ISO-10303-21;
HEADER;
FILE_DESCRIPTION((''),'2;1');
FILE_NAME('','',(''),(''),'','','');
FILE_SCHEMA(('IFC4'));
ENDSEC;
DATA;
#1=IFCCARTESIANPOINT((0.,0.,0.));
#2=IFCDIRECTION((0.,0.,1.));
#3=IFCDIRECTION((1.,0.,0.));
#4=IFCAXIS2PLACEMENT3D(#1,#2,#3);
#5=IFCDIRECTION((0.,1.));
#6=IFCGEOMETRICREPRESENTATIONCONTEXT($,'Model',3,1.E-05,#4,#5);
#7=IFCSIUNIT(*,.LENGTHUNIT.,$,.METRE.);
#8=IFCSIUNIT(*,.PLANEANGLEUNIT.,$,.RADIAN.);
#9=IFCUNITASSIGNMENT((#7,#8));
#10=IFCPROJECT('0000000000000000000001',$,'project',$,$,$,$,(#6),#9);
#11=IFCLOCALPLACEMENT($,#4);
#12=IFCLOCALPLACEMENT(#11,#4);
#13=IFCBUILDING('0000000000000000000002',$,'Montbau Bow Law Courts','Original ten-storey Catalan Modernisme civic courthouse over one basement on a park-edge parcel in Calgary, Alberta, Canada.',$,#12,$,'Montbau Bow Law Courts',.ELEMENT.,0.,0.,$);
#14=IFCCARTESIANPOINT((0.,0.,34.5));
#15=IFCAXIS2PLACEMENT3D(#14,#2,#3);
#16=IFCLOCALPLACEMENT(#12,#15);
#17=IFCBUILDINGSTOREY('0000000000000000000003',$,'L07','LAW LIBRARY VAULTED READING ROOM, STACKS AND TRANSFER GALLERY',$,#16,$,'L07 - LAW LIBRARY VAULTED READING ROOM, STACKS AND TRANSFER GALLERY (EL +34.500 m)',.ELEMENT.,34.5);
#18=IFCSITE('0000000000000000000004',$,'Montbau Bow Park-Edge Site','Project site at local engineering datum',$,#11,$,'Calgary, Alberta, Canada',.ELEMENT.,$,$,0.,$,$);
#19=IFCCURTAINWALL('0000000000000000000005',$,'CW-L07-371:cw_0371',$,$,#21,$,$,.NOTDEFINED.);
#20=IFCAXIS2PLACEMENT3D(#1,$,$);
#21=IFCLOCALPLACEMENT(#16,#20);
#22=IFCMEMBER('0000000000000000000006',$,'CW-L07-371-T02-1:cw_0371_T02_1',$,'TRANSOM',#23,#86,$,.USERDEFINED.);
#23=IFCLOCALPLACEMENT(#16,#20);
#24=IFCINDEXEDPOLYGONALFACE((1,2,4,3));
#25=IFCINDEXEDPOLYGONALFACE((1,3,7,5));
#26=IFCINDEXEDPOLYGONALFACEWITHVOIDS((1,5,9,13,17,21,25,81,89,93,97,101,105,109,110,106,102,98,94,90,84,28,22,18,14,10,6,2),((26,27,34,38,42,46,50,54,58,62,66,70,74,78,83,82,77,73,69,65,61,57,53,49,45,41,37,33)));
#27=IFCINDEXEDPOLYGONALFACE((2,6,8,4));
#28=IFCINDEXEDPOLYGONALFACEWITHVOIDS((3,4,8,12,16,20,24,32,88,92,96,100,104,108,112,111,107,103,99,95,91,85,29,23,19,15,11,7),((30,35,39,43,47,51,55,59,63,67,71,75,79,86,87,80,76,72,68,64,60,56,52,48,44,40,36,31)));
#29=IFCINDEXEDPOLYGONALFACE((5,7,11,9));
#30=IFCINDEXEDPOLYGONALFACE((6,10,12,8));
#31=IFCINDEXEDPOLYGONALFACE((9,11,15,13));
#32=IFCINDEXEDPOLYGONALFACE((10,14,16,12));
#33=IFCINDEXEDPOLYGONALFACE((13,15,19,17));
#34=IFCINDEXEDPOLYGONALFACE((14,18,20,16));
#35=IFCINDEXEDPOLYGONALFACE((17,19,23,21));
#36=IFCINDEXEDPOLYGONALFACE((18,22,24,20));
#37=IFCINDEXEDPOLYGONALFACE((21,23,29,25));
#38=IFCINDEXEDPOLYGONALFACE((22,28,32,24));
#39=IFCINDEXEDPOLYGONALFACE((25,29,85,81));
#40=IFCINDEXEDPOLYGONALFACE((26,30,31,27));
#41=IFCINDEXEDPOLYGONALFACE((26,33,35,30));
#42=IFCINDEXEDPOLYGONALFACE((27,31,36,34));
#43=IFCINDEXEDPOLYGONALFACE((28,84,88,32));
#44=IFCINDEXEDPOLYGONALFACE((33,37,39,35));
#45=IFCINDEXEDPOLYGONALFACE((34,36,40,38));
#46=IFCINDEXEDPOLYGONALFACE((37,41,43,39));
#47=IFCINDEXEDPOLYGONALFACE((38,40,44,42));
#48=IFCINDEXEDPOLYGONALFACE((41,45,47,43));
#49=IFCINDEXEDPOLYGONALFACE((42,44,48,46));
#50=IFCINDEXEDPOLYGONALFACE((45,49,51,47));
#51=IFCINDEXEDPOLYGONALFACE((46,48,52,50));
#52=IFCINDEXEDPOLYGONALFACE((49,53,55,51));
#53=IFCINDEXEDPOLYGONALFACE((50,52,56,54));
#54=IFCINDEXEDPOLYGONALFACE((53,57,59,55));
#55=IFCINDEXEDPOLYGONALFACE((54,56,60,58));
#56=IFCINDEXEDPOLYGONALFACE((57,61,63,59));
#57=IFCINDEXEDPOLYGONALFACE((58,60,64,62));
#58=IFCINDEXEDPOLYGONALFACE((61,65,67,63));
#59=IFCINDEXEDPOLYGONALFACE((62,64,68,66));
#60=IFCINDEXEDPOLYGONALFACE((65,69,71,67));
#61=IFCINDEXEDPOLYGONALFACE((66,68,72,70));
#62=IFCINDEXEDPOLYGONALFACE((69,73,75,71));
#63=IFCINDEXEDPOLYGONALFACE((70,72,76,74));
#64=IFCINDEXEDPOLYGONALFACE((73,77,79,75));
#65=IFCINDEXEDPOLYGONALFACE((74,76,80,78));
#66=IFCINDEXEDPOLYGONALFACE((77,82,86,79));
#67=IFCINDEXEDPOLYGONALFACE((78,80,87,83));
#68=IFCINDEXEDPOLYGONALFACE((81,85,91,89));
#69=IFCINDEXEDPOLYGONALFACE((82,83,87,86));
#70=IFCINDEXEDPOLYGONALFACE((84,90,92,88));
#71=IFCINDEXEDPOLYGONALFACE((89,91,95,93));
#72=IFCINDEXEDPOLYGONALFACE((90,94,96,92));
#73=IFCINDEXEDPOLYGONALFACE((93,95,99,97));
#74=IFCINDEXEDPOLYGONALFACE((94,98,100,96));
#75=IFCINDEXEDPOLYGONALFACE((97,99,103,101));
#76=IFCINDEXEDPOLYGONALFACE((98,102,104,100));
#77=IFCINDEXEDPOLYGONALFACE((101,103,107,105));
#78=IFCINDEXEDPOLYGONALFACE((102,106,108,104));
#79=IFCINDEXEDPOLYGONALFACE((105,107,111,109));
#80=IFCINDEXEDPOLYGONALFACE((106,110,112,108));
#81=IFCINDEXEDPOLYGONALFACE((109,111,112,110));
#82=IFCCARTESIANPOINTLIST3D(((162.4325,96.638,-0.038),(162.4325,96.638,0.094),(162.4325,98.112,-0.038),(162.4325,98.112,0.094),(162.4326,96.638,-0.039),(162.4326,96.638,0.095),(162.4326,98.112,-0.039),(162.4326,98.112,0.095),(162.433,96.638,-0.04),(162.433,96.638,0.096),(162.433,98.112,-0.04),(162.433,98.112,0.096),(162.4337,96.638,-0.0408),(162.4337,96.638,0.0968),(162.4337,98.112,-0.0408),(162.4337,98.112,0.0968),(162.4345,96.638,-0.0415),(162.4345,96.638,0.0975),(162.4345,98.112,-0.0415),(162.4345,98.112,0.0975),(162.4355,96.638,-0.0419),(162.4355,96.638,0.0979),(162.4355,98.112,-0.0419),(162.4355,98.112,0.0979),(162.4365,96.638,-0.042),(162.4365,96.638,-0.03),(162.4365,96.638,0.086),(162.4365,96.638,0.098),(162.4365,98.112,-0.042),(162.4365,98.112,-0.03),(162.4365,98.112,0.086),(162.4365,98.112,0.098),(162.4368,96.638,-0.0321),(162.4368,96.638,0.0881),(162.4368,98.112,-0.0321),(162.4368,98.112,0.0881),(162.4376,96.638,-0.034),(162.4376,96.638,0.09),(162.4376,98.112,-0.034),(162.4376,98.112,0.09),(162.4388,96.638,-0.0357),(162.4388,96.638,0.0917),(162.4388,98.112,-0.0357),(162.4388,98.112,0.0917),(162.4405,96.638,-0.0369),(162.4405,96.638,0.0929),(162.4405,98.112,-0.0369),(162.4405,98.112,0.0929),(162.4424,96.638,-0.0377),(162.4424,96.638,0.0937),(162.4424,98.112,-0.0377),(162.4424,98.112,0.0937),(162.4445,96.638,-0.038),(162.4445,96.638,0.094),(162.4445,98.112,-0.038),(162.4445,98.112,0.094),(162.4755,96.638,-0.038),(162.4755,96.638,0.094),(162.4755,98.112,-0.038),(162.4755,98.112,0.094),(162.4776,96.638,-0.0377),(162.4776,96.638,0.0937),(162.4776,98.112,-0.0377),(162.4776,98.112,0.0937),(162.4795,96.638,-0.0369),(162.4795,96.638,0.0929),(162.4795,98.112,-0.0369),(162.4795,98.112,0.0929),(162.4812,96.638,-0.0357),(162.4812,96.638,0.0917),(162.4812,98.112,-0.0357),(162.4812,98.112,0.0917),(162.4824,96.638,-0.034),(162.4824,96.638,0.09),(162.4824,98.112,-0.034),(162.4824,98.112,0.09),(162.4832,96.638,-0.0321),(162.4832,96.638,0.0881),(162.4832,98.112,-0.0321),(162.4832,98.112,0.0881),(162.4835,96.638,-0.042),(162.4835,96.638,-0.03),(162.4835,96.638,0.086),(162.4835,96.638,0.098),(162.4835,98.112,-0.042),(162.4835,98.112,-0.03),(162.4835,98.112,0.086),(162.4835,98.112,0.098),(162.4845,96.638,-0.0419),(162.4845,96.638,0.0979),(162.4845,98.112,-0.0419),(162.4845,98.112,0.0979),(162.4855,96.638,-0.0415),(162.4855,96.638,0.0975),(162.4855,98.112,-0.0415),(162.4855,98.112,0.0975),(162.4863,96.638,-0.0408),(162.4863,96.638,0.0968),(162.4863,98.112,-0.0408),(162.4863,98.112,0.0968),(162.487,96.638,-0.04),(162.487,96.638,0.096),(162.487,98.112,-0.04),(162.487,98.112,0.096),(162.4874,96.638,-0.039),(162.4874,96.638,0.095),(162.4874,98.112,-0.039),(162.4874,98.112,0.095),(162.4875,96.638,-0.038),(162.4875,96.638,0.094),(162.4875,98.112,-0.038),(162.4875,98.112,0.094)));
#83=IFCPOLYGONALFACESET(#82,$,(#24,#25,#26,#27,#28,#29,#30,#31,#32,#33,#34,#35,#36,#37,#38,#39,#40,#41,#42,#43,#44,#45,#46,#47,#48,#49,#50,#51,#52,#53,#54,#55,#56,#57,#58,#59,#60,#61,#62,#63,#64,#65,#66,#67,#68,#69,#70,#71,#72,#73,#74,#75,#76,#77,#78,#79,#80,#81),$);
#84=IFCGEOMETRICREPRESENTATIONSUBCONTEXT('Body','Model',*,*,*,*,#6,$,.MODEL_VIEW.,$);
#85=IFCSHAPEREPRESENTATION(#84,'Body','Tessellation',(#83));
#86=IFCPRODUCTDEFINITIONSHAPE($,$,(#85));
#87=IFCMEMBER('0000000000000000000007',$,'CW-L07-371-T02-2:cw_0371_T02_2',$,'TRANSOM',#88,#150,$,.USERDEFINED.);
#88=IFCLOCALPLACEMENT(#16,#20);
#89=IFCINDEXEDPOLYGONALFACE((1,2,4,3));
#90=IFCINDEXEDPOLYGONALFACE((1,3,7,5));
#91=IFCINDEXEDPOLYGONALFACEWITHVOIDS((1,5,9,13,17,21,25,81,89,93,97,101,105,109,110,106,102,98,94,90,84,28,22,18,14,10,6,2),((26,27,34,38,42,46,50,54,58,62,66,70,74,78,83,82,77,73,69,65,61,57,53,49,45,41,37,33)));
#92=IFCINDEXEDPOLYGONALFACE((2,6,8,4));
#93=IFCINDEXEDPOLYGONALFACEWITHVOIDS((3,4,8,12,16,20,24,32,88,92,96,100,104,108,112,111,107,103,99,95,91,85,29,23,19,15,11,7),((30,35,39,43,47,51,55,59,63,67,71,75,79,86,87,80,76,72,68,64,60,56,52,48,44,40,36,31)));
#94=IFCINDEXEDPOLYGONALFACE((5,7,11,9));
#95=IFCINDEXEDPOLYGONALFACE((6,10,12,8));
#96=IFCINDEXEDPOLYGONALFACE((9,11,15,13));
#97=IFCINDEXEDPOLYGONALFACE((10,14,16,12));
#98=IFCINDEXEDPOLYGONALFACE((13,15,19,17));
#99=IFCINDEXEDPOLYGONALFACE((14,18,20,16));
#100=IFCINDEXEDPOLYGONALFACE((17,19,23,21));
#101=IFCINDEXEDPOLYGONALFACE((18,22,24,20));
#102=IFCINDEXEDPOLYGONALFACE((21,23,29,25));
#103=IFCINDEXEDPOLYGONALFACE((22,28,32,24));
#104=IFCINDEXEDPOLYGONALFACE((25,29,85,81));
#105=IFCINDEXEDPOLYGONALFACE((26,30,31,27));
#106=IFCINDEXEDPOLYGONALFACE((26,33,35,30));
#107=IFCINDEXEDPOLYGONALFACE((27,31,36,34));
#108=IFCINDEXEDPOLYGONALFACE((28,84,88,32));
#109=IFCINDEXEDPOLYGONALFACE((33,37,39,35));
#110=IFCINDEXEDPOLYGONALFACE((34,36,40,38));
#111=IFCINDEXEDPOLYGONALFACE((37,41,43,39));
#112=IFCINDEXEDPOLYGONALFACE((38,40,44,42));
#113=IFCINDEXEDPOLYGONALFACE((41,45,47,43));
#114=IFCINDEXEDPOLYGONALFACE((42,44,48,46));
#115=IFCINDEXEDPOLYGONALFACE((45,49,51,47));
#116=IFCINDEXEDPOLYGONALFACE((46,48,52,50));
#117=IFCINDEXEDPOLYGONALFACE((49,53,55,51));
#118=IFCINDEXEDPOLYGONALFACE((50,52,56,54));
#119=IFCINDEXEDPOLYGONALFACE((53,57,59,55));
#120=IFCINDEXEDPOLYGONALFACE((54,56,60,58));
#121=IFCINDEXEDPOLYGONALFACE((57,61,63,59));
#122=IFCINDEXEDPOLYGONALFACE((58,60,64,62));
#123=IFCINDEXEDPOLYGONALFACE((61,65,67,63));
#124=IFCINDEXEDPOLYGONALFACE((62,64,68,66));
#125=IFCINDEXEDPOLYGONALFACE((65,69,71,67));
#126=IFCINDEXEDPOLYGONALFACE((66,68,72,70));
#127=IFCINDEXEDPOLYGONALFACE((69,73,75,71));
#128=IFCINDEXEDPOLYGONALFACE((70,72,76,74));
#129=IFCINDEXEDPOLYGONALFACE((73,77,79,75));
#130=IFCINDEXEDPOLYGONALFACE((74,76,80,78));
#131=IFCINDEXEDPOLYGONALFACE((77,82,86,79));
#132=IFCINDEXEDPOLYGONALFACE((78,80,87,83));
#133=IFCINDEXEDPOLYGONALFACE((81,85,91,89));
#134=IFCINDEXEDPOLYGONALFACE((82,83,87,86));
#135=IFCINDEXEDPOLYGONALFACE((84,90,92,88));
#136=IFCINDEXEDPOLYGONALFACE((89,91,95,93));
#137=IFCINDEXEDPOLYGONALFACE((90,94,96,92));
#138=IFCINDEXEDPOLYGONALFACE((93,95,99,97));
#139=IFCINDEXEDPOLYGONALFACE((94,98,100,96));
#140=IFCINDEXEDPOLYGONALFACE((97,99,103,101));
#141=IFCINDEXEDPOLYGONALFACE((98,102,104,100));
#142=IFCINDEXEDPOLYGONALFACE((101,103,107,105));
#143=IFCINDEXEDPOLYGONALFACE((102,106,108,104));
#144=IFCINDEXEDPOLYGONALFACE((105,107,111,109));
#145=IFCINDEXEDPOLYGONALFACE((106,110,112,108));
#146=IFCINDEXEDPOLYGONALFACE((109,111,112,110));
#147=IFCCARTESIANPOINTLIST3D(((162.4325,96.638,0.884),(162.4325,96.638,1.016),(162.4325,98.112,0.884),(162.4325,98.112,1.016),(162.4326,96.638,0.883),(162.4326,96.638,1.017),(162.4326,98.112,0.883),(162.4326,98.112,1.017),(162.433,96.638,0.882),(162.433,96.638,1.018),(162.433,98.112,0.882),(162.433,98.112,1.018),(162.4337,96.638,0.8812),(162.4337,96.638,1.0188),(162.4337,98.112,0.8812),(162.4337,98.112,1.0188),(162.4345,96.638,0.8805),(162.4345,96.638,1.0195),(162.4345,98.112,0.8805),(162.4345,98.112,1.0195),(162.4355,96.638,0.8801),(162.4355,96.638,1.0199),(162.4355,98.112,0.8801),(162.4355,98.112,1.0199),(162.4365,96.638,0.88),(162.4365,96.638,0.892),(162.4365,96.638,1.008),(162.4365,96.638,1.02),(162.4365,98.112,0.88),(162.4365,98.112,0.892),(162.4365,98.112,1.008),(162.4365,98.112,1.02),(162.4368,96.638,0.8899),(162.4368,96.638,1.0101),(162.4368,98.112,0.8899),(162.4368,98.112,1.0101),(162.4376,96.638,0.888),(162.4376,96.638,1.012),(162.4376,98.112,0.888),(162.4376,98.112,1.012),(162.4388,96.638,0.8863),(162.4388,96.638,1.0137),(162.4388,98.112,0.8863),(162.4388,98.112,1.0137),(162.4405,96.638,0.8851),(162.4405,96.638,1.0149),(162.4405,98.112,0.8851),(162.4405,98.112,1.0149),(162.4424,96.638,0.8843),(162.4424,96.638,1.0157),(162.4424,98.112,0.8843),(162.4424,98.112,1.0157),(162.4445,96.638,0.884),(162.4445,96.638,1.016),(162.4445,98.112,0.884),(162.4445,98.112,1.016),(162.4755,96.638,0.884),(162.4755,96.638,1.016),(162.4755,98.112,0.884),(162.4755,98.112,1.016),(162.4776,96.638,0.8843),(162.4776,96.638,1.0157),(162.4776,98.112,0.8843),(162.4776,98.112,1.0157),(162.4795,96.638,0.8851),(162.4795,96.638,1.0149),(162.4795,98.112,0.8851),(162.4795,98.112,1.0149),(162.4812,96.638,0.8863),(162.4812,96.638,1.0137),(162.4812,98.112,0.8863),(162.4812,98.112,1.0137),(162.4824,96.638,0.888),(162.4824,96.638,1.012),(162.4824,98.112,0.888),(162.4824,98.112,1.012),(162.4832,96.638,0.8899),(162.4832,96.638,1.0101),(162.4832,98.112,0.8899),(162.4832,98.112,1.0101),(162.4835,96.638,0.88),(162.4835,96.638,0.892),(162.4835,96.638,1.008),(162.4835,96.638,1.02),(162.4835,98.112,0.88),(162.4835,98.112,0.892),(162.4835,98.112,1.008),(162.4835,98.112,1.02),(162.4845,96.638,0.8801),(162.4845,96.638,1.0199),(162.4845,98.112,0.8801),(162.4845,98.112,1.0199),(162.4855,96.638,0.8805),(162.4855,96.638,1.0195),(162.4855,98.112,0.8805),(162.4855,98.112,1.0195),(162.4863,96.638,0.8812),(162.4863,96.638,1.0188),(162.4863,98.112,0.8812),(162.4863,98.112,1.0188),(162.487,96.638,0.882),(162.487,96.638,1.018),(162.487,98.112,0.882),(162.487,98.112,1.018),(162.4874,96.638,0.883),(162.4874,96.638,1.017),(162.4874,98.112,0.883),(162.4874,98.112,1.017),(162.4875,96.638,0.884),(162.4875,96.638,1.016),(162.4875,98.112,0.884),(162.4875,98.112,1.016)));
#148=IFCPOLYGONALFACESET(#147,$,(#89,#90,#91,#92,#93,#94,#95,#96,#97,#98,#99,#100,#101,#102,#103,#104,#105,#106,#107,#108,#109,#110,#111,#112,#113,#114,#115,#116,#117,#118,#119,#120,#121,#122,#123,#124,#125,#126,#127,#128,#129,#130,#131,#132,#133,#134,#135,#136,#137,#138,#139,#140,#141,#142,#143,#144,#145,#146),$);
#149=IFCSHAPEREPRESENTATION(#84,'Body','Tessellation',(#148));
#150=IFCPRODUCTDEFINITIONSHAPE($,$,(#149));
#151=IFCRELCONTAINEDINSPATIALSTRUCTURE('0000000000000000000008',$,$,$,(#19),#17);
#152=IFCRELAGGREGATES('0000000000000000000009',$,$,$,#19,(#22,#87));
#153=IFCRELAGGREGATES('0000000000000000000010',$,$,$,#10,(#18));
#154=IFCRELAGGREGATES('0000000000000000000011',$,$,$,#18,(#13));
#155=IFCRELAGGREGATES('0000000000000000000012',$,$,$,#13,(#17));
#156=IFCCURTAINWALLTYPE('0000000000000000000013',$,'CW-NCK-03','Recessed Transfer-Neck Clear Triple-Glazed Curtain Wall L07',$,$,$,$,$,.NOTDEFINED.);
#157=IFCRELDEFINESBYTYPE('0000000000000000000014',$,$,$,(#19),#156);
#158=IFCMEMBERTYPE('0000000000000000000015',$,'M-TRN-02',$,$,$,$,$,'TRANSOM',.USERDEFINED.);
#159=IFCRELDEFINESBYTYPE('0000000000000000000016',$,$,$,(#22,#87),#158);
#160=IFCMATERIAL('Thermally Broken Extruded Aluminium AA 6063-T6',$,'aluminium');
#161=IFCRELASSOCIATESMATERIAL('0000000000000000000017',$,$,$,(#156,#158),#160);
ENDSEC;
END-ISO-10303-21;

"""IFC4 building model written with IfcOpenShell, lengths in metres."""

from ifc_helpers import new_model, si_unit, direction, frame, origin_with_axes, origin_2d_with_axis, place, context, subcontext, project, spatial, hollow_rectangle, extrude, material, material_profile, profile_set, type_object, element, aggregate, save


model = new_model("IFC4")

# Units and contexts
model_context = context("Model", 3, precision=1e-05, world=origin_with_axes(), true_north=direction((0.0, 1.0)))
body_context = subcontext(model_context, "Body", "Model", "MODEL_VIEW")
ifc_project = project(units=[si_unit("LENGTHUNIT", "METRE"), si_unit("PLANEANGLEUNIT", "RADIAN")], contexts=[model_context])

# Site, building, storey
site_placement = place(None, origin_with_axes())
site = spatial("IfcSite", under=ifc_project, at=site_placement, Name="Montbau Bow Park-Edge Site", Description="Project site at local engineering datum", LongName="Calgary, Alberta, Canada", CompositionType="ELEMENT", RefElevation=0.0)
building_placement = place(site_placement, origin_with_axes())
building = spatial("IfcBuilding", under=site, at=building_placement, Name="Montbau Bow Law Courts", Description="Original ten-storey Catalan Modernisme civic courthouse over one basement on a park-edge parcel in Calgary, Alberta, Canada.", LongName="Montbau Bow Law Courts", CompositionType="ELEMENT", ElevationOfRefHeight=0.0, ElevationOfTerrain=0.0)
storey_placement = place(building_placement, frame((0.0, 0.0, 34.5), z_axis=(0.0, 0.0, 1.0), x_axis=(1.0, 0.0, 0.0)))
storey = spatial("IfcBuildingStorey", under=building, at=storey_placement, Name="L07", Description="LAW LIBRARY VAULTED READING ROOM, STACKS AND TRANSFER GALLERY", LongName="L07 - LAW LIBRARY VAULTED READING ROOM, STACKS AND TRANSFER GALLERY (EL +34.500 m)", CompositionType="ELEMENT", Elevation=34.5)

# Curtain wall, members
ifc_material_1 = material(Name="Thermally Broken Extruded Aluminium AA 6063-T6", Category="aluminium")
curtain_wall_type = type_object("IfcCurtainWallType", Name="CW-NCK-03", Description="Recessed Transfer-Neck Clear Triple-Glazed Curtain Wall L07", PredefinedType="NOTDEFINED", material=ifc_material_1)
curtain_wall_placement = place(None, frame((162.46, 95.067, 34.5), z_axis=(0.0, 0.0, 1.0), x_axis=(1.0, 0.0, 0.0)))
curtain_wall = element("IfcCurtainWall", 1, at=curtain_wall_placement, inside=storey, type_object=curtain_wall_type, Name="CW-L07-371:cw_0371", PredefinedType="NOTDEFINED")
ifc_material_profile_1 = material_profile(ifc_material_1, hollow_rectangle(XDim=0.055, YDim=0.14, WallThickness=0.004, InnerFilletRadius=0.008, OuterFilletRadius=0.004, at=origin_2d_with_axis()), Name="CWT-140X55", Category="Main", Priority=0)
ifc_profile_set_1 = profile_set([ifc_material_profile_1], Name="Thermally Broken Extruded Aluminium AA 6063-T6")
member_type_1 = type_object("IfcMemberType", Name="M-TRN-02", ElementType="TRANSOM", PredefinedType="USERDEFINED", material=ifc_profile_set_1)
member_1_placement = place(None, frame((162.46, 96.638, 34.528), z_axis=(0.0, 1.0, 0.0), x_axis=(-1.0, 0.0, 0.0)))
member_1 = element("IfcMember", 2, at=member_1_placement, type_object=member_type_1, Name="CW-L07-371-T02-1:cw_0371_T02_1", ObjectType="TRANSOM", PredefinedType="USERDEFINED", context=body_context, shape_type="SweptSolid", body=[
    extrude(hollow_rectangle(XDim=0.055, YDim=0.14, WallThickness=0.004, InnerFilletRadius=0.008, OuterFilletRadius=0.004, at=origin_2d_with_axis()), origin_with_axes(), (0.0, 0.0, 1.0), 1.474),
])
member_2_placement = place(None, frame((162.46, 96.638, 35.45), z_axis=(0.0, 1.0, 0.0), x_axis=(-1.0, 0.0, 0.0)))
member_2 = element("IfcMember", 3, at=member_2_placement, type_object=member_type_1, Name="CW-L07-371-T02-2:cw_0371_T02_2", ObjectType="TRANSOM", PredefinedType="USERDEFINED", context=body_context, shape_type="SweptSolid", body=[
    extrude(hollow_rectangle(XDim=0.055, YDim=0.14, WallThickness=0.004, InnerFilletRadius=0.008, OuterFilletRadius=0.004, at=origin_2d_with_axis()), origin_with_axes(), (0.0, 0.0, 1.0), 1.474),
])
aggregate(curtain_wall, [member_1, member_2])

save(model, "model.ifc")
